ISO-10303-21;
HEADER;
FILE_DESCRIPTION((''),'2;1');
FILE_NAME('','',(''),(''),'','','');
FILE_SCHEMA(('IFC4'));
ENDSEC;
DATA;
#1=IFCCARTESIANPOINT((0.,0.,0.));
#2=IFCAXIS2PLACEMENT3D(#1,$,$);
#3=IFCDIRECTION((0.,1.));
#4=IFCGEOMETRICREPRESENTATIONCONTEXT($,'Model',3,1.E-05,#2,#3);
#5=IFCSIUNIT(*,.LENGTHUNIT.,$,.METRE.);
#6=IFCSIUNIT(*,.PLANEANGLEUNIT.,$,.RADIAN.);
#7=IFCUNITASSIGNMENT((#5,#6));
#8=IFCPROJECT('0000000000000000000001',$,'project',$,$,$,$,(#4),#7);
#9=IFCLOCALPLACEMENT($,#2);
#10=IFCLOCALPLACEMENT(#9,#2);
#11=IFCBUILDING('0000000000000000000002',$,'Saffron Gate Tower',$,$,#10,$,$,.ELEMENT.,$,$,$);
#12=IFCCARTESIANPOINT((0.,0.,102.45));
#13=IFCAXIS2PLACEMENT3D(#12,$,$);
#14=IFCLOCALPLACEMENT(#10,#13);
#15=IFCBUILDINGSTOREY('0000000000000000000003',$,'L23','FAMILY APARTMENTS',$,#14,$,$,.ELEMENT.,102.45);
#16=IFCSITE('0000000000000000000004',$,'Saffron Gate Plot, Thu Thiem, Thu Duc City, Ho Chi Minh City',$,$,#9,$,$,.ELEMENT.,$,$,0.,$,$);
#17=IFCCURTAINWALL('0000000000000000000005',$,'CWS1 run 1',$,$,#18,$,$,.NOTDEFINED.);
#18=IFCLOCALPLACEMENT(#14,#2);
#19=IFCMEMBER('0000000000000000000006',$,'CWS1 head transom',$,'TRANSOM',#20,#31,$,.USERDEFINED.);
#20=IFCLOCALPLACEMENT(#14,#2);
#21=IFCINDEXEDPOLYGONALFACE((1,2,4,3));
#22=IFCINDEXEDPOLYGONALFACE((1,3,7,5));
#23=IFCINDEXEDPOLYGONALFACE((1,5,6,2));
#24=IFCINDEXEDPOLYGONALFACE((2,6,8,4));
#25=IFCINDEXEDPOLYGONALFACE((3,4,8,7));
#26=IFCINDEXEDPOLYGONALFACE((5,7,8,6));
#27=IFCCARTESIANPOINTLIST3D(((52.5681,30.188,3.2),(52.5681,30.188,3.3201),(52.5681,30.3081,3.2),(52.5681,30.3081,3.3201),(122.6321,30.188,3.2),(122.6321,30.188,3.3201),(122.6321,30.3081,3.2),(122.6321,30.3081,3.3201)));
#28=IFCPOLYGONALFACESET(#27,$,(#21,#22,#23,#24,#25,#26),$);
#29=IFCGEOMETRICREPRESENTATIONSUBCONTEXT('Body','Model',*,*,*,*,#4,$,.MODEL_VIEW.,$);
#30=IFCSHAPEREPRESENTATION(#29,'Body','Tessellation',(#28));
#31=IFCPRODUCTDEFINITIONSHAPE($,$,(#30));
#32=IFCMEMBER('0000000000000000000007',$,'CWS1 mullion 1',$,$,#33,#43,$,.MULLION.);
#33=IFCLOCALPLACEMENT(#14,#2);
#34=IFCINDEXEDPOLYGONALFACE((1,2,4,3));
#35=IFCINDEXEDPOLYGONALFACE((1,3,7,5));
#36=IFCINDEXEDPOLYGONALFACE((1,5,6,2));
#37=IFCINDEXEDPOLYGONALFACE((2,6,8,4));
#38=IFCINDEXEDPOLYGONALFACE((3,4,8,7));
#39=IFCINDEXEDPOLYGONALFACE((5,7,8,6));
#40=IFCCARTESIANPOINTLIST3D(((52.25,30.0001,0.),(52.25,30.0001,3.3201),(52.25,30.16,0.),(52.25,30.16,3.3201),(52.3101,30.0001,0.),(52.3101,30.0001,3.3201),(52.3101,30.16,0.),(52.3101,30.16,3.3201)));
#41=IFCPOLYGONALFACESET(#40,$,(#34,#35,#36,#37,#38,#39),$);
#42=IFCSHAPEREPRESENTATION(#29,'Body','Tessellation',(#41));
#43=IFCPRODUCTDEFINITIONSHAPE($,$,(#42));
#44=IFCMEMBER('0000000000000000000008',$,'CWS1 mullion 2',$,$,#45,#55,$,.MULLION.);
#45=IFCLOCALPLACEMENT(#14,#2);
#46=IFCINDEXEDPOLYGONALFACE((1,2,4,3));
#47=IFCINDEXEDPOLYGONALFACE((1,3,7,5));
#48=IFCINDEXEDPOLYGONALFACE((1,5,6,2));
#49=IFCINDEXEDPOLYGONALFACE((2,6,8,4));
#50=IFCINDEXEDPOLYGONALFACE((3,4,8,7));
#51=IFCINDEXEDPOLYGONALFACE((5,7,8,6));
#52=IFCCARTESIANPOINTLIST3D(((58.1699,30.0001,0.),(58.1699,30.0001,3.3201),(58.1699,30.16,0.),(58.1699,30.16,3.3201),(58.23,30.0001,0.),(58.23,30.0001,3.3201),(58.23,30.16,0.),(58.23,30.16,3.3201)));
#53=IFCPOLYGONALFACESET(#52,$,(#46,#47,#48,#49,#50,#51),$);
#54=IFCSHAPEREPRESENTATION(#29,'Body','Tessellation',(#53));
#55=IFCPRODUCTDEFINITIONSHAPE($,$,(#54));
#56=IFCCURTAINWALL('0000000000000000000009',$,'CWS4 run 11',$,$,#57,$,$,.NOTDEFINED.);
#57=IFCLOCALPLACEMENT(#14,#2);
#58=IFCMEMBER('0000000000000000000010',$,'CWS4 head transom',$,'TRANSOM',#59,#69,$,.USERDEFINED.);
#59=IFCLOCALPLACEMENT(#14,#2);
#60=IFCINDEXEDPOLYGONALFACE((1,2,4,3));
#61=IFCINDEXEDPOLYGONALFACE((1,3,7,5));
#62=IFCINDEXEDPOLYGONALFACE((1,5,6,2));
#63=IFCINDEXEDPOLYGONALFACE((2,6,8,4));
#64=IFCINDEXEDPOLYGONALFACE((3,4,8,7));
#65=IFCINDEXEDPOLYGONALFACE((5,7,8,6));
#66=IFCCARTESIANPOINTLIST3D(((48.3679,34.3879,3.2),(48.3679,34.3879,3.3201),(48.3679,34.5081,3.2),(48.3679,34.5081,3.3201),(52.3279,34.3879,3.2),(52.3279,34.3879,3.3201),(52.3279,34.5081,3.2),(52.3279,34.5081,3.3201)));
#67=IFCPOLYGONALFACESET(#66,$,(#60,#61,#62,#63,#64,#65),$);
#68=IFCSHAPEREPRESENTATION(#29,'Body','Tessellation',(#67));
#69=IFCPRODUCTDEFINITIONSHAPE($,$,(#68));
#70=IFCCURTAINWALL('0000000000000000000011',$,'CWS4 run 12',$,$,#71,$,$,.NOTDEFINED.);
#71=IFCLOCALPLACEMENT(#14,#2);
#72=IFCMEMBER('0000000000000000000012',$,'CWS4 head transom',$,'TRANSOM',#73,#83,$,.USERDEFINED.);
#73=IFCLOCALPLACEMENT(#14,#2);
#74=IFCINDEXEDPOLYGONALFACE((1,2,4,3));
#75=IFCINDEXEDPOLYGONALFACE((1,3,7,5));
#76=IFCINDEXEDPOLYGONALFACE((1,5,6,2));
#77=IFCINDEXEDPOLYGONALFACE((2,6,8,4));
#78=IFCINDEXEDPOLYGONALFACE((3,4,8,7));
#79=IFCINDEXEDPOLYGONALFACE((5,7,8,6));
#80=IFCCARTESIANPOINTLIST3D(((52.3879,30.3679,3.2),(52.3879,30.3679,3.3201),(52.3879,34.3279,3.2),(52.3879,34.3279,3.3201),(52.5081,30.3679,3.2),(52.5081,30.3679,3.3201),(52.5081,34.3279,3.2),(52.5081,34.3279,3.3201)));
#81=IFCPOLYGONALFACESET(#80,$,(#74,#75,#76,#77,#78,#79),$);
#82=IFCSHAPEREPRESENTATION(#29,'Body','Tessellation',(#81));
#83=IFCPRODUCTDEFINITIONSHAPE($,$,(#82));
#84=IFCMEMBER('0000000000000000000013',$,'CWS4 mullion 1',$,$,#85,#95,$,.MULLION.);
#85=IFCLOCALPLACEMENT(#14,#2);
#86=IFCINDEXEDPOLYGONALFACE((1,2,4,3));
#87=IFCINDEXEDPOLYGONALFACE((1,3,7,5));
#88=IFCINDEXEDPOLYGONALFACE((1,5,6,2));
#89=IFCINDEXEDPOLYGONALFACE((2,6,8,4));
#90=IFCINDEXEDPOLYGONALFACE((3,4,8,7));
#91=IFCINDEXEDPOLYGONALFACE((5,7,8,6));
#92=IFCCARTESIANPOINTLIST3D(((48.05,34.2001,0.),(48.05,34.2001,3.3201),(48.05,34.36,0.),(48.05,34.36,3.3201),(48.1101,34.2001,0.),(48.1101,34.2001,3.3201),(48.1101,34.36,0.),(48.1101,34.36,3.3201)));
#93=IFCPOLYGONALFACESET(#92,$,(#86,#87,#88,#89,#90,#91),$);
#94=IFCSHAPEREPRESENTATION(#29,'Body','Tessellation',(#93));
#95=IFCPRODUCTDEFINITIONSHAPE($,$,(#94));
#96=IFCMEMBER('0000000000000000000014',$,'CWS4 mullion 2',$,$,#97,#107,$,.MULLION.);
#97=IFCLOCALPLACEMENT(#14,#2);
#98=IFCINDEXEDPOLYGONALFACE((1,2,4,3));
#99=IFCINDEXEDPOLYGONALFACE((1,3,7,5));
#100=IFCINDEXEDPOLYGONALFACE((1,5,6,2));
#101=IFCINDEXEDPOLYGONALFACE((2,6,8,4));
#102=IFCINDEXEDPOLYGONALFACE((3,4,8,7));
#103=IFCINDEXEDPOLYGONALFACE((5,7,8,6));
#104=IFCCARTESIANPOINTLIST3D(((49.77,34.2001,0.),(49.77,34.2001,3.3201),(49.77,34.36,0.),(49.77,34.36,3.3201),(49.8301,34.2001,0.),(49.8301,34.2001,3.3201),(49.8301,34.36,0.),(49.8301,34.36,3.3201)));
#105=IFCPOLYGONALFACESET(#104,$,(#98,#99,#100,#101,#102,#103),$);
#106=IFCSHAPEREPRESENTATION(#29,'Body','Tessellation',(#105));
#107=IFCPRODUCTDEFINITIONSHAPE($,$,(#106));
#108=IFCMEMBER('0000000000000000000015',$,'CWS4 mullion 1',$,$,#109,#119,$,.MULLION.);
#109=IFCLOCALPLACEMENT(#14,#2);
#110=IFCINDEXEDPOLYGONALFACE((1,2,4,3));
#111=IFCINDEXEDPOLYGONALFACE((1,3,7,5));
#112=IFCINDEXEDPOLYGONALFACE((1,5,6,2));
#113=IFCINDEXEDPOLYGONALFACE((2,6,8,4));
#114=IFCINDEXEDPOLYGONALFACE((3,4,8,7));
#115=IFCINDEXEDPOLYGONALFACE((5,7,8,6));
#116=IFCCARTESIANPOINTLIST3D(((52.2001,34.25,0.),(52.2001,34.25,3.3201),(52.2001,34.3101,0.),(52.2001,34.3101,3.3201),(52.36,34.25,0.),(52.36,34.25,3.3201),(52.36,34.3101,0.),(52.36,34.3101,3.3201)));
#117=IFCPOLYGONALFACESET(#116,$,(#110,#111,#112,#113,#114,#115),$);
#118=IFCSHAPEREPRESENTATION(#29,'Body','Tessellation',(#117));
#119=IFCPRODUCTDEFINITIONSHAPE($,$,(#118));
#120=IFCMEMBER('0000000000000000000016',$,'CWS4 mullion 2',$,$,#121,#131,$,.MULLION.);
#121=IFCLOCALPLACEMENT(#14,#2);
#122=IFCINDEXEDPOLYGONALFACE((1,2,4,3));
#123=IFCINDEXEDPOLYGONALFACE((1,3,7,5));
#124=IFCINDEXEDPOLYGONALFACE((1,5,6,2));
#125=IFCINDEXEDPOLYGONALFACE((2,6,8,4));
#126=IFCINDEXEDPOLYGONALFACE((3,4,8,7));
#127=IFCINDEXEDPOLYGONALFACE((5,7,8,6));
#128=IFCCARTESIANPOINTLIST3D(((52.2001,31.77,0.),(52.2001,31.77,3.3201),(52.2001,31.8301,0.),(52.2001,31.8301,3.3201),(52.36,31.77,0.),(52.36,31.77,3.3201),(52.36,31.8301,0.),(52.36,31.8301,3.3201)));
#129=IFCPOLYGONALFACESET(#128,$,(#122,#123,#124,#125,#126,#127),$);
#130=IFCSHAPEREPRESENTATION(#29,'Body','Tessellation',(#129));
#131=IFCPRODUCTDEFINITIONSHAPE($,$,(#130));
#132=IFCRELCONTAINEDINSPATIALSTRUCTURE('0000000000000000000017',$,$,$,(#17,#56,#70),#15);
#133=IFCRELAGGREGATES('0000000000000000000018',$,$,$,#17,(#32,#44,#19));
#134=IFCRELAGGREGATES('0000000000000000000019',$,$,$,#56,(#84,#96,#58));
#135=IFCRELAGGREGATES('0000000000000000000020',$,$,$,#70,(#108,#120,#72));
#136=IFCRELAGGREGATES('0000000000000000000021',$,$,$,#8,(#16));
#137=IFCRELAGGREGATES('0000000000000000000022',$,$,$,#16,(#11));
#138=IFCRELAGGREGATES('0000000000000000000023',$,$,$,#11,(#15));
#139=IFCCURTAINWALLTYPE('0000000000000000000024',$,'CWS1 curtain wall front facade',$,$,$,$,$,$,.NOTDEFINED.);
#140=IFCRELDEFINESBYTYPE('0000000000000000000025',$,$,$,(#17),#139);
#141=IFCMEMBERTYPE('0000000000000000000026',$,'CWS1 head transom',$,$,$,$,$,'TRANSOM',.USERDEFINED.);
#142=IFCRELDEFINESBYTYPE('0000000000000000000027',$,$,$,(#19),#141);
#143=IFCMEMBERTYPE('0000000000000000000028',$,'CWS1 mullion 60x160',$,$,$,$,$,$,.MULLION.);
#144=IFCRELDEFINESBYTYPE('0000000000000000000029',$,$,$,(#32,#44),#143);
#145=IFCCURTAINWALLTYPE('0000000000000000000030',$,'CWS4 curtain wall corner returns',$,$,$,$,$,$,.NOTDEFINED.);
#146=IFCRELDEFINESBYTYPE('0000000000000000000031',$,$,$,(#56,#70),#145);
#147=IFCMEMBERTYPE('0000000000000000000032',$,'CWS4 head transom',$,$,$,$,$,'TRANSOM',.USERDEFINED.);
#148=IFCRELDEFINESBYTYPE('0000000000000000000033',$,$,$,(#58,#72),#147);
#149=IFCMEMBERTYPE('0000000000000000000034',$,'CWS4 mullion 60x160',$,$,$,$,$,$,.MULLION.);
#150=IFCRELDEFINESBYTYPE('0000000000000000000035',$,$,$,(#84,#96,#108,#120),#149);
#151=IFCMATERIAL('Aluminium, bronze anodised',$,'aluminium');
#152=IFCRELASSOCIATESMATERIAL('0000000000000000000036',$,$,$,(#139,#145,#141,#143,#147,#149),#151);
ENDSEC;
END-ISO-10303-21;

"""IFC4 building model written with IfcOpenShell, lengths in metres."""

from ifc_helpers import new_model, si_unit, direction, frame, origin, origin_2d, place, context, subcontext, project, spatial, rectangle, extrude, material, material_profile, profile_set, type_object, element, aggregate, save


model = new_model("IFC4")

# Units and contexts
model_context = context("Model", 3, precision=1e-05, world=origin(), true_north=direction((0.0, 1.0)))
body_context = subcontext(model_context, "Body", "Model", "MODEL_VIEW")
ifc_project = project(units=[si_unit("LENGTHUNIT", "METRE"), si_unit("PLANEANGLEUNIT", "RADIAN")], contexts=[model_context])

# Site, building, storey
site_placement = place(None, origin())
site = spatial("IfcSite", under=ifc_project, at=site_placement, Name="Saffron Gate Plot, Thu Thiem, Thu Duc City, Ho Chi Minh City", CompositionType="ELEMENT", RefElevation=0.0)
building_placement = place(site_placement, origin())
building = spatial("IfcBuilding", under=site, at=building_placement, Name="Saffron Gate Tower", CompositionType="ELEMENT")
storey_placement = place(building_placement, frame((0.0, 0.0, 102.45)))
storey = spatial("IfcBuildingStorey", under=building, at=storey_placement, Name="L23", Description="FAMILY APARTMENTS", CompositionType="ELEMENT", Elevation=102.45)

# Curtain wall, members
ifc_material_1 = material(Name="Aluminium, bronze anodised", Category="aluminium")
curtain_wall_type_1 = type_object("IfcCurtainWallType", Name="CWS1 curtain wall front facade", PredefinedType="NOTDEFINED", material=ifc_material_1)
curtain_wall_1_placement = place(storey_placement, origin())
curtain_wall_1 = element("IfcCurtainWall", 1, at=curtain_wall_1_placement, inside=storey, type_object=curtain_wall_type_1, Name="CWS1 run 1", PredefinedType="NOTDEFINED")
ifc_material_profile_1 = material_profile(ifc_material_1, rectangle(XDim=0.1201, YDim=0.1201, at=origin_2d()))
ifc_profile_set_1 = profile_set([ifc_material_profile_1], Name="Aluminium, bronze anodised")
member_type_1 = type_object("IfcMemberType", Name="CWS1 head transom", ElementType="TRANSOM", PredefinedType="USERDEFINED", material=ifc_profile_set_1)
member_1_placement = place(storey_placement, frame((52.5681, 30.248, 3.26), z_axis=(1.0, 0.0, 0.0), x_axis=(0.0, 1.0, 0.0)))
member_1 = element("IfcMember", 2, at=member_1_placement, type_object=member_type_1, Name="CWS1 head transom", ObjectType="TRANSOM", PredefinedType="USERDEFINED", context=body_context, shape_type="SweptSolid", body=[
    extrude(rectangle(XDim=0.1201, YDim=0.1201, at=origin_2d()), origin(), (0.0, 0.0, 1.0), 70.064),
])
ifc_material_profile_2 = material_profile(ifc_material_1, rectangle(XDim=0.1599, YDim=0.0601, at=origin_2d()))
ifc_profile_set_2 = profile_set([ifc_material_profile_2], Name="Aluminium, bronze anodised")
member_type_2 = type_object("IfcMemberType", Name="CWS1 mullion 60x160", PredefinedType="MULLION", material=ifc_profile_set_2)
member_2_placement = place(storey_placement, frame((52.28, 30.0801, 0.0), z_axis=(0.0, 0.0, 1.0), x_axis=(0.0, 1.0, 0.0)))
member_2 = element("IfcMember", 3, at=member_2_placement, type_object=member_type_2, Name="CWS1 mullion 1", PredefinedType="MULLION", context=body_context, shape_type="SweptSolid", body=[
    extrude(rectangle(XDim=0.1599, YDim=0.0601, at=origin_2d()), origin(), (0.0, 0.0, 1.0), 3.3201),
])
member_3_placement = place(storey_placement, frame((58.2, 30.0801, 0.0), z_axis=(0.0, 0.0, 1.0), x_axis=(0.0, 1.0, 0.0)))
member_3 = element("IfcMember", 4, at=member_3_placement, type_object=member_type_2, Name="CWS1 mullion 2", PredefinedType="MULLION", context=body_context, shape_type="SweptSolid", body=[
    extrude(rectangle(XDim=0.1599, YDim=0.0601, at=origin_2d()), origin(), (0.0, 0.0, 1.0), 3.3201),
])

# Curtain walls, members
curtain_wall_type_2 = type_object("IfcCurtainWallType", Name="CWS4 curtain wall corner returns", PredefinedType="NOTDEFINED", material=ifc_material_1)
curtain_wall_2_placement = place(storey_placement, origin())
curtain_wall_2 = element("IfcCurtainWall", 5, at=curtain_wall_2_placement, inside=storey, type_object=curtain_wall_type_2, Name="CWS4 run 11", PredefinedType="NOTDEFINED")
ifc_material_profile_3 = material_profile(ifc_material_1, rectangle(XDim=0.1201, YDim=0.1201, at=origin_2d()))
ifc_profile_set_3 = profile_set([ifc_material_profile_3], Name="Aluminium, bronze anodised")
member_type_3 = type_object("IfcMemberType", Name="CWS4 head transom", ElementType="TRANSOM", PredefinedType="USERDEFINED", material=ifc_profile_set_3)
member_4_placement = place(storey_placement, frame((48.3679, 34.448, 3.26), z_axis=(1.0, 0.0, 0.0), x_axis=(0.0, 1.0, 0.0)))
member_4 = element("IfcMember", 6, at=member_4_placement, type_object=member_type_3, Name="CWS4 head transom", ObjectType="TRANSOM", PredefinedType="USERDEFINED", context=body_context, shape_type="SweptSolid", body=[
    extrude(rectangle(XDim=0.1201, YDim=0.1201, at=origin_2d()), origin(), (0.0, 0.0, 1.0), 3.96),
])
curtain_wall_3_placement = place(storey_placement, origin())
curtain_wall_3 = element("IfcCurtainWall", 7, at=curtain_wall_3_placement, inside=storey, type_object=curtain_wall_type_2, Name="CWS4 run 12", PredefinedType="NOTDEFINED")
member_5_placement = place(storey_placement, frame((52.448, 34.3279, 3.26), z_axis=(0.0, -1.0, 0.0), x_axis=(1.0, 0.0, 0.0)))
member_5 = element("IfcMember", 8, at=member_5_placement, type_object=member_type_3, Name="CWS4 head transom", ObjectType="TRANSOM", PredefinedType="USERDEFINED", context=body_context, shape_type="SweptSolid", body=[
    extrude(rectangle(XDim=0.1201, YDim=0.1201, at=origin_2d()), origin(), (0.0, 0.0, 1.0), 3.96),
])

# Members
ifc_material_profile_4 = material_profile(ifc_material_1, rectangle(XDim=0.1599, YDim=0.0601, at=origin_2d()))
ifc_profile_set_4 = profile_set([ifc_material_profile_4], Name="Aluminium, bronze anodised")
member_type_4 = type_object("IfcMemberType", Name="CWS4 mullion 60x160", PredefinedType="MULLION", material=ifc_profile_set_4)
member_6_placement = place(storey_placement, frame((48.0801, 34.28, 0.0), z_axis=(0.0, 0.0, 1.0), x_axis=(0.0, 1.0, 0.0)))
member_6 = element("IfcMember", 9, at=member_6_placement, type_object=member_type_4, Name="CWS4 mullion 1", PredefinedType="MULLION", context=body_context, shape_type="SweptSolid", body=[
    extrude(rectangle(XDim=0.1599, YDim=0.0601, at=origin_2d()), origin(), (0.0, 0.0, 1.0), 3.3201),
])
member_7_placement = place(storey_placement, frame((49.8, 34.28, 0.0), z_axis=(0.0, 0.0, 1.0), x_axis=(0.0, 1.0, 0.0)))
member_7 = element("IfcMember", 10, at=member_7_placement, type_object=member_type_4, Name="CWS4 mullion 2", PredefinedType="MULLION", context=body_context, shape_type="SweptSolid", body=[
    extrude(rectangle(XDim=0.1599, YDim=0.0601, at=origin_2d()), origin(), (0.0, 0.0, 1.0), 3.3201),
])
member_8_placement = place(storey_placement, frame((52.28, 34.28, 0.0), z_axis=(0.0, 0.0, 1.0), x_axis=(1.0, 0.0, 0.0)))
member_8 = element("IfcMember", 11, at=member_8_placement, type_object=member_type_4, Name="CWS4 mullion 1", PredefinedType="MULLION", context=body_context, shape_type="SweptSolid", body=[
    extrude(rectangle(XDim=0.1599, YDim=0.0601, at=origin_2d()), origin(), (0.0, 0.0, 1.0), 3.3201),
])
member_9_placement = place(storey_placement, frame((52.28, 31.8, 0.0), z_axis=(0.0, 0.0, 1.0), x_axis=(1.0, 0.0, 0.0)))
member_9 = element("IfcMember", 12, at=member_9_placement, type_object=member_type_4, Name="CWS4 mullion 2", PredefinedType="MULLION", context=body_context, shape_type="SweptSolid", body=[
    extrude(rectangle(XDim=0.1599, YDim=0.0601, at=origin_2d()), origin(), (0.0, 0.0, 1.0), 3.3201),
])

aggregate(curtain_wall_1, [member_2, member_3, member_1])

aggregate(curtain_wall_2, [member_6, member_7, member_4])
aggregate(curtain_wall_3, [member_8, member_9, member_5])

save(model, "model.ifc")
